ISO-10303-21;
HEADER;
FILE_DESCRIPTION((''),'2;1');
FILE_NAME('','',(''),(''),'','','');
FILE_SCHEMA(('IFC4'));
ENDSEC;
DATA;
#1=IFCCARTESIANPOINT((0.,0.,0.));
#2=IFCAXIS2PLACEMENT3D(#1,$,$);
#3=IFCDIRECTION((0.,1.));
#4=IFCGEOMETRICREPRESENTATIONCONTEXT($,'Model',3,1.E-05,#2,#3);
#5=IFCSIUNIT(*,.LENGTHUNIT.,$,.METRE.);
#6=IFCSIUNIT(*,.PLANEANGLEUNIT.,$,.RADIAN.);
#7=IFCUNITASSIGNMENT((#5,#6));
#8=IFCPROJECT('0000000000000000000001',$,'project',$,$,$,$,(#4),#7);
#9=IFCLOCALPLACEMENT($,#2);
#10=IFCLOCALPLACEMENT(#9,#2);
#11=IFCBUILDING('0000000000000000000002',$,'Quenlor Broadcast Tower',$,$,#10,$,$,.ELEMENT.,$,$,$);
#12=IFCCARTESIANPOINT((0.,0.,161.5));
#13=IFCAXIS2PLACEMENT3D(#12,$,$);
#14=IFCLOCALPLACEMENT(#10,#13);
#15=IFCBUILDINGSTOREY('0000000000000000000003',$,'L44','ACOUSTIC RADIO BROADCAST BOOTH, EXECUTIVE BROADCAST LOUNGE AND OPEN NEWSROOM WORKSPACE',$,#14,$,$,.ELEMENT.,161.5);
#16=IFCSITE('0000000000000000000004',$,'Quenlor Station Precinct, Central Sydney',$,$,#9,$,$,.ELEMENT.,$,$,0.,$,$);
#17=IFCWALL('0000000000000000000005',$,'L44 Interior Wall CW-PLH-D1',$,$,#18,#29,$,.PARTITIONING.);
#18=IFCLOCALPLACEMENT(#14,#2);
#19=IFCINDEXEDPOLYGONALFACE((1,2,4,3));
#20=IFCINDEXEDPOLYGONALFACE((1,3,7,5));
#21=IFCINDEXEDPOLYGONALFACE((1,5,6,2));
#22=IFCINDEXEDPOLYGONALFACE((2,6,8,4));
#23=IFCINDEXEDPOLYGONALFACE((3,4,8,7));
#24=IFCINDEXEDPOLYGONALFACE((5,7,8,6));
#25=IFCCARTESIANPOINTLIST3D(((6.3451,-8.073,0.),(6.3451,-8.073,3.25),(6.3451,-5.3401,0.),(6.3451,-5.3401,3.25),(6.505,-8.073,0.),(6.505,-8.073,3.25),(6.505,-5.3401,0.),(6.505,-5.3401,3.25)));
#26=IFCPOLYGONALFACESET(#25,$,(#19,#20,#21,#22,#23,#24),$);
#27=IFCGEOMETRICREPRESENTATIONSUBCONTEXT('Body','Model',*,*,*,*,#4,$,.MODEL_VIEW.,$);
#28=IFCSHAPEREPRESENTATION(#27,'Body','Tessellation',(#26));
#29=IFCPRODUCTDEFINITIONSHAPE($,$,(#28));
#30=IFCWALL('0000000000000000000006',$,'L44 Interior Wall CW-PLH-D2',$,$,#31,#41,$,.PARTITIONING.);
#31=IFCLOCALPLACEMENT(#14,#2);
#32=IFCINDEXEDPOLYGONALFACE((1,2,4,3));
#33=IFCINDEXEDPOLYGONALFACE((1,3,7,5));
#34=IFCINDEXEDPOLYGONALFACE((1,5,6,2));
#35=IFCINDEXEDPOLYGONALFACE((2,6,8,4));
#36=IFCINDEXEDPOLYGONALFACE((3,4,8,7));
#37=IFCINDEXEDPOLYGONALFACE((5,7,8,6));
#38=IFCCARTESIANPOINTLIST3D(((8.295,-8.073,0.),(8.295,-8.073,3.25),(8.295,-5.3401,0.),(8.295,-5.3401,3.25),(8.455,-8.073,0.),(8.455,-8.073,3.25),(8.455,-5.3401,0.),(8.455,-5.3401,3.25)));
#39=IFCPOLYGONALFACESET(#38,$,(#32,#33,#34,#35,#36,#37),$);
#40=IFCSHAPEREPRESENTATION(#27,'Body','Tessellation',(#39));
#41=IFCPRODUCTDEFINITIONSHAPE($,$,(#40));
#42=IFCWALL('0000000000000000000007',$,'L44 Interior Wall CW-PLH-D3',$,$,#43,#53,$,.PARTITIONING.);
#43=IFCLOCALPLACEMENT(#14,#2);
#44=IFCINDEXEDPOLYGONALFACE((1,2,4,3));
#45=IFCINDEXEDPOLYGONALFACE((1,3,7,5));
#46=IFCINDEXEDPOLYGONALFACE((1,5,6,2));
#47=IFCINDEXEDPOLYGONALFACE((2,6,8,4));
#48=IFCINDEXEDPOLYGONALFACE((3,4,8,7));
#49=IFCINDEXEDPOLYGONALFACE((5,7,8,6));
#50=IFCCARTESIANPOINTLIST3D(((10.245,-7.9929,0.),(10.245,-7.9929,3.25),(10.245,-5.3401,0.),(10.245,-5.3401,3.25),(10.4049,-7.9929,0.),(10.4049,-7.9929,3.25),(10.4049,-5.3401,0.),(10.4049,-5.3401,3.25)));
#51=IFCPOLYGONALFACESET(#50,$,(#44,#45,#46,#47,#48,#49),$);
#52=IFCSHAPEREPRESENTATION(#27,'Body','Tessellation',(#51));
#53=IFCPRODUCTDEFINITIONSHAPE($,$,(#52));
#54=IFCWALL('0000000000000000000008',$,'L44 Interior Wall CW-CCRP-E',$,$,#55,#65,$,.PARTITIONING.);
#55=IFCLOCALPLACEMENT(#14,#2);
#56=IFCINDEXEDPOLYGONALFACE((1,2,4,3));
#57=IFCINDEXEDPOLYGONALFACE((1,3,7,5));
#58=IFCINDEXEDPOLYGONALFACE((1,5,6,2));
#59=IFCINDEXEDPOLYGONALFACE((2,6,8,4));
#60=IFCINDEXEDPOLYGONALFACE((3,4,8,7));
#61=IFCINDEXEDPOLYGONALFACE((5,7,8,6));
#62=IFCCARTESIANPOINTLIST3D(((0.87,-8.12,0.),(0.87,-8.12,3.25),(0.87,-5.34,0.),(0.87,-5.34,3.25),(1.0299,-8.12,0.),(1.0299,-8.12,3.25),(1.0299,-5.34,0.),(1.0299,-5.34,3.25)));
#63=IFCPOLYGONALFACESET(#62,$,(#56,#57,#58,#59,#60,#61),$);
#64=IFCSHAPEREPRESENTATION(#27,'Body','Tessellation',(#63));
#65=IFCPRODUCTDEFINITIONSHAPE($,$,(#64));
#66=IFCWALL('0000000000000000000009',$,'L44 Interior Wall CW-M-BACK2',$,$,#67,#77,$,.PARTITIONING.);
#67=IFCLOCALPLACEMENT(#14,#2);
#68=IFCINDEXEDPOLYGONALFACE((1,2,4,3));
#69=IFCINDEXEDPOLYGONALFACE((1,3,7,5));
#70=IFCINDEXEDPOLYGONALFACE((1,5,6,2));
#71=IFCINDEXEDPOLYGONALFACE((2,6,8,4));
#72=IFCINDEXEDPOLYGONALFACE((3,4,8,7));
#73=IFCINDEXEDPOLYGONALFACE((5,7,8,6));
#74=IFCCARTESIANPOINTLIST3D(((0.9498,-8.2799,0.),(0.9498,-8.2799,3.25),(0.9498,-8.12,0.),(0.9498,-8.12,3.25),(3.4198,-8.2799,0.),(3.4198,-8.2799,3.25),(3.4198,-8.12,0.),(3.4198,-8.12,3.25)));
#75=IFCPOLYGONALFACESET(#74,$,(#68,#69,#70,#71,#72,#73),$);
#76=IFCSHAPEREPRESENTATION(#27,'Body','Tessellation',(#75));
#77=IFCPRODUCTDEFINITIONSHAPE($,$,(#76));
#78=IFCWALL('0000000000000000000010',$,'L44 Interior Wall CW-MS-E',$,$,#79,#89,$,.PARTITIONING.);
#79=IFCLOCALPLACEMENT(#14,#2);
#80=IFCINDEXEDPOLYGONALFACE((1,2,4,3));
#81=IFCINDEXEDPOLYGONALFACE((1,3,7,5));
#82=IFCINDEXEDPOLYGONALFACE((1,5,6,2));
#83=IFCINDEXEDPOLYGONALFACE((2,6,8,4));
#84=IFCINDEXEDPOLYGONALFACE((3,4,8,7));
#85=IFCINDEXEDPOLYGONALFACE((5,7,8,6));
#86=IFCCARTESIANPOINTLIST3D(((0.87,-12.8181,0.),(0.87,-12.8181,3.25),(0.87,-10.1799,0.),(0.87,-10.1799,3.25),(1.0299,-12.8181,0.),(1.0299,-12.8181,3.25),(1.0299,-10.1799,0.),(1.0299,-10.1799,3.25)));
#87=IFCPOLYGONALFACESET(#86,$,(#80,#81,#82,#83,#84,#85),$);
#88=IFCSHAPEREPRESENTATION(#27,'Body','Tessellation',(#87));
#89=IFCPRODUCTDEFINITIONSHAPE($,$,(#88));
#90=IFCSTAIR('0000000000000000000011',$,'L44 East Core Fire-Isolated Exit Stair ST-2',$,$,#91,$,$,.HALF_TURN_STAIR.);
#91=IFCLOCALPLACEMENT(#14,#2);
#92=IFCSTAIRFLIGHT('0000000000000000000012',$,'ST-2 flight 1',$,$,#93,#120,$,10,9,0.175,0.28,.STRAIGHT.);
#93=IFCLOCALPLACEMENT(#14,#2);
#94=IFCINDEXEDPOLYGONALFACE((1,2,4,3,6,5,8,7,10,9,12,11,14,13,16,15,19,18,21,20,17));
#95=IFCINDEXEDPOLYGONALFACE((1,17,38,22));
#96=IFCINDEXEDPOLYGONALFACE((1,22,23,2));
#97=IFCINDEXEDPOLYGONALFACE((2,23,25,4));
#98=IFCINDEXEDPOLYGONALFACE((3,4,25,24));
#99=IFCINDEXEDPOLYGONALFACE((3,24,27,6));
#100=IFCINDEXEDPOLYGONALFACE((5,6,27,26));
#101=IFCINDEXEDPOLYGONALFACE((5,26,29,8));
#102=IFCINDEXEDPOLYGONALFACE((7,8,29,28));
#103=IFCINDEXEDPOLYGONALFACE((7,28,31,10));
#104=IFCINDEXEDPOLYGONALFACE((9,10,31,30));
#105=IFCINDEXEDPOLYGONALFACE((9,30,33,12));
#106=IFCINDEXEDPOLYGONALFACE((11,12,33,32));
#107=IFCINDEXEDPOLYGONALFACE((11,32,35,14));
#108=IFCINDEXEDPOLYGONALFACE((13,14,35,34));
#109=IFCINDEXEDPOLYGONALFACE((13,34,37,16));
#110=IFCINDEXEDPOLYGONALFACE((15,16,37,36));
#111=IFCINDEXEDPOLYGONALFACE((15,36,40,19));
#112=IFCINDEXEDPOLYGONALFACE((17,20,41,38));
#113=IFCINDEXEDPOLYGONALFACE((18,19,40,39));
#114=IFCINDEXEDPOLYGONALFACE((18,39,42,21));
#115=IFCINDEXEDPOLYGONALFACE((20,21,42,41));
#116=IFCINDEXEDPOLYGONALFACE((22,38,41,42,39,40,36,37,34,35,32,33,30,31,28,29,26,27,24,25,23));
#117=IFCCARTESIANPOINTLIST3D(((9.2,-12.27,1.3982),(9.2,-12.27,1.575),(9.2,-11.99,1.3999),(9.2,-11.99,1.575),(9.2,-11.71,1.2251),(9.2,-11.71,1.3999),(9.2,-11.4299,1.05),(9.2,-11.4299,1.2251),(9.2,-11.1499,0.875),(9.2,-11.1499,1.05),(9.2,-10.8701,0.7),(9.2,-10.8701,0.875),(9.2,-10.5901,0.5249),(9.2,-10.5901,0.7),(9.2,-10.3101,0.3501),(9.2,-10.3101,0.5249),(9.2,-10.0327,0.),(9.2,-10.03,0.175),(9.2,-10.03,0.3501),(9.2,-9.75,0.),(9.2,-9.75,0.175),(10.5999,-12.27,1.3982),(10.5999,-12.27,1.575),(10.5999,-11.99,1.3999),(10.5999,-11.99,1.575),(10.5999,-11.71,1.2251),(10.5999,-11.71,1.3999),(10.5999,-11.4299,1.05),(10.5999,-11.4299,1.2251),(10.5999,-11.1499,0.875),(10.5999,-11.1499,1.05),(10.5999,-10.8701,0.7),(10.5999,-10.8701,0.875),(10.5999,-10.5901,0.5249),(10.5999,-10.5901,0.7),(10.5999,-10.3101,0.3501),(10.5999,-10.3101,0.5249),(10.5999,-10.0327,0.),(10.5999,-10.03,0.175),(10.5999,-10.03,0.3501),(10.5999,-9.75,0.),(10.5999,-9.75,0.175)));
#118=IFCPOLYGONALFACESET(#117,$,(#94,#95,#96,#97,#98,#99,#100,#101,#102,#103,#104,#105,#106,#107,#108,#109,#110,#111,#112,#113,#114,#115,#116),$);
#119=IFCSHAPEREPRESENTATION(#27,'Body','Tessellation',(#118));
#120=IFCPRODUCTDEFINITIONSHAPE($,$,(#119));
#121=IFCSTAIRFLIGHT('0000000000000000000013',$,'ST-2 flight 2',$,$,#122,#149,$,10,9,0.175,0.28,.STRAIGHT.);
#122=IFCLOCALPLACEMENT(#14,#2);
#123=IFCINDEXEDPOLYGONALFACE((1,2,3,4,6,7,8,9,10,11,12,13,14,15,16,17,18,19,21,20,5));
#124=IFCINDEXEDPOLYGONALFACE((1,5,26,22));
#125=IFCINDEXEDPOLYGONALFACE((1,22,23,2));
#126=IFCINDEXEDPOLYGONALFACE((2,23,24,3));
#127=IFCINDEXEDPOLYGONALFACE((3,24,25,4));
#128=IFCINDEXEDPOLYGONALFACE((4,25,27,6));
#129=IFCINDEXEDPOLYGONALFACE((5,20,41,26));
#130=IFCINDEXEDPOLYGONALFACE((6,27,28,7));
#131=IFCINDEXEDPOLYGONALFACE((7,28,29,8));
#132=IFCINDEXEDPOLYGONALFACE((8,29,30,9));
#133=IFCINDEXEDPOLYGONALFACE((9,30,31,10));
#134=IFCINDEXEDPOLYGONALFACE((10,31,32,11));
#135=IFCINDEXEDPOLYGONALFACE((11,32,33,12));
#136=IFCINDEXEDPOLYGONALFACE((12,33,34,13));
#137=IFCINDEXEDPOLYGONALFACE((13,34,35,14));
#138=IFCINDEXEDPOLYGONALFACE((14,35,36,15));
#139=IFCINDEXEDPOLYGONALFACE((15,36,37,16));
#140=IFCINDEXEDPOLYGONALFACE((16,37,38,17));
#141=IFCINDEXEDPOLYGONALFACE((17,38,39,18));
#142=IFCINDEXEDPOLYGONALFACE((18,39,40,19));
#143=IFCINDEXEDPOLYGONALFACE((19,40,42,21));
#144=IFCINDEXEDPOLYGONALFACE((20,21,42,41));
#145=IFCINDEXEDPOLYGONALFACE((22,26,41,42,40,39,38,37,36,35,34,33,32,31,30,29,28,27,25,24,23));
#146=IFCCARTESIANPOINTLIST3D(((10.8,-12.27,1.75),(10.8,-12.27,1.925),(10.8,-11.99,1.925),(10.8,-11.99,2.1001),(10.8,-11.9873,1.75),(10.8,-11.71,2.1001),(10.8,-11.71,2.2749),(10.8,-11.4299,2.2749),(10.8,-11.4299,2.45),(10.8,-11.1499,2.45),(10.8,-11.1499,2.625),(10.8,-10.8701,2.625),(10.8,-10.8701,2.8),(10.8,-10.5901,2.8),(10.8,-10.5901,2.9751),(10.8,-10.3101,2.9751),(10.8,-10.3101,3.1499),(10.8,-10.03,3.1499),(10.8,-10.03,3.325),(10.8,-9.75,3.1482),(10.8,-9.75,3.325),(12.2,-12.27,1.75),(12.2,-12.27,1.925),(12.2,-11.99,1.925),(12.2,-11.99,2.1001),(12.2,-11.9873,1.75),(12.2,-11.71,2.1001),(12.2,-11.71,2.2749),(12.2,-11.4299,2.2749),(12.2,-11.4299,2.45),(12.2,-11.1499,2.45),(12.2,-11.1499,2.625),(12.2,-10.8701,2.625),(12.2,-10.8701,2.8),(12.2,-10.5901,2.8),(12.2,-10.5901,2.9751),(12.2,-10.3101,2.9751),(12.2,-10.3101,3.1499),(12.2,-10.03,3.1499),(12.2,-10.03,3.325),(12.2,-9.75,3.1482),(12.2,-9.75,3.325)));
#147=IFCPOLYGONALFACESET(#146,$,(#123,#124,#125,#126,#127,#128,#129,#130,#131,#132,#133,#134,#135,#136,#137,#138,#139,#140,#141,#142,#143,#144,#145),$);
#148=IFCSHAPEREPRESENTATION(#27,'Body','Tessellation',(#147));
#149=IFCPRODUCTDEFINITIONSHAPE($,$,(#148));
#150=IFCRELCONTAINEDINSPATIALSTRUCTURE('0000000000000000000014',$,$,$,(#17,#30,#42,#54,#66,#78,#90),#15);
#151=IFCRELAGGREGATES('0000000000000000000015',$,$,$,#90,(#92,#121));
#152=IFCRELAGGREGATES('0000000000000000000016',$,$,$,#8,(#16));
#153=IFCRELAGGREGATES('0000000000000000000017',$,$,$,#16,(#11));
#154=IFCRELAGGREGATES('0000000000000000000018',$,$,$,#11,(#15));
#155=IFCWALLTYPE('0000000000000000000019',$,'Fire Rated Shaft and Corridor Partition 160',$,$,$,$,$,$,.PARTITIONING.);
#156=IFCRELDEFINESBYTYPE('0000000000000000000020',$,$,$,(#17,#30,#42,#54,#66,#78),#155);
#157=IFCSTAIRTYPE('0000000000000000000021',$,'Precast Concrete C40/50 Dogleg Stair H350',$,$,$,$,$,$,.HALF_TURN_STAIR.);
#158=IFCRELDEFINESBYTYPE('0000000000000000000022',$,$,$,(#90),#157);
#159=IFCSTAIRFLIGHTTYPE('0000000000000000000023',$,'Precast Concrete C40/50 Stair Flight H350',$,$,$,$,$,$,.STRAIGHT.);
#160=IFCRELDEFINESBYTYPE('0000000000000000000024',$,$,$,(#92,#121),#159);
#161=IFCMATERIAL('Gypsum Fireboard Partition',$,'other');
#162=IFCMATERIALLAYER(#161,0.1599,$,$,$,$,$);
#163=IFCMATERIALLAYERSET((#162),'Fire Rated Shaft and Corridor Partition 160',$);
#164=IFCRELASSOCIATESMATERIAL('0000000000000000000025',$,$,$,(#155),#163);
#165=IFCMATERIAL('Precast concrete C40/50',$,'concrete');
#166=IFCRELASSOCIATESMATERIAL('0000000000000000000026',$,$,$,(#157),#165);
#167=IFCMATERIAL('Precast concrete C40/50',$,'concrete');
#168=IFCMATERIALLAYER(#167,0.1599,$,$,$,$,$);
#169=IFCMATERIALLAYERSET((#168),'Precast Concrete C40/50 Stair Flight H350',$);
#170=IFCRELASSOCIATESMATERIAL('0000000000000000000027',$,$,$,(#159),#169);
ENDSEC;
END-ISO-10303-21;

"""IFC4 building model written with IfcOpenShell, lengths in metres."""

from ifc_helpers import new_model, si_unit, direction, frame, frame_2d, origin, place, context, subcontext, project, spatial, polyline, rectangle, outline, extrude, material, layer, layer_set, type_object, element, aggregate, save


model = new_model("IFC4")

# Units and contexts
model_context = context("Model", 3, precision=1e-05, world=origin(), true_north=direction((0.0, 1.0)))
body_context = subcontext(model_context, "Body", "Model", "MODEL_VIEW")
ifc_project = project(units=[si_unit("LENGTHUNIT", "METRE"), si_unit("PLANEANGLEUNIT", "RADIAN")], contexts=[model_context])

# Site, building, storey
site_placement = place(None, origin())
site = spatial("IfcSite", under=ifc_project, at=site_placement, Name="Quenlor Station Precinct, Central Sydney", CompositionType="ELEMENT", RefElevation=0.0)
building_placement = place(site_placement, origin())
building = spatial("IfcBuilding", under=site, at=building_placement, Name="Quenlor Broadcast Tower", CompositionType="ELEMENT")
storey_placement = place(building_placement, frame((0.0, 0.0, 161.5)))
storey = spatial("IfcBuildingStorey", under=building, at=storey_placement, Name="L44", Description="ACOUSTIC RADIO BROADCAST BOOTH, EXECUTIVE BROADCAST LOUNGE AND OPEN NEWSROOM WORKSPACE", CompositionType="ELEMENT", Elevation=161.5)

# Walls
ifc_material_1 = material(Name="Gypsum Fireboard Partition", Category="other")
ifc_layer_1 = layer(ifc_material_1, 0.1599)
ifc_layer_set_1 = layer_set([ifc_layer_1], Name="Fire Rated Shaft and Corridor Partition 160")
wall_type_1 = type_object("IfcWallType", Name="Fire Rated Shaft and Corridor Partition 160", PredefinedType="PARTITIONING", material=ifc_layer_set_1)
for number, where, z_axis, x_axis, name in (
    (1, (6.425, -8.073, 0.0), (0.0, 0.0, 1.0), (0.0, 1.0, 0.0), "L44 Interior Wall CW-PLH-D1"),
    (2, (8.375, -8.073, 0.0), (0.0, 0.0, 1.0), (0.0, 1.0, 0.0), "L44 Interior Wall CW-PLH-D2"),
):
    element("IfcWall", number, at=place(storey_placement, frame(where, z_axis=z_axis, x_axis=x_axis)), inside=storey, type_object=wall_type_1, Name=name, PredefinedType="PARTITIONING", context=body_context, shape_type="SweptSolid", body=[
        extrude(rectangle(XDim=2.7329, YDim=0.1599, at=frame_2d((1.3665, 0.0))), origin(), (0.0, 0.0, 1.0), 3.25),
    ])
wall_1_placement = place(storey_placement, frame((10.325, -7.9929, 0.0), z_axis=(0.0, 0.0, 1.0), x_axis=(0.0, 1.0, 0.0)))
element("IfcWall", 3, at=wall_1_placement, inside=storey, type_object=wall_type_1, Name="L44 Interior Wall CW-PLH-D3", PredefinedType="PARTITIONING", context=body_context, shape_type="SweptSolid", body=[
    extrude(rectangle(XDim=2.6528, YDim=0.1599, at=frame_2d((1.3264, 0.0))), origin(), (0.0, 0.0, 1.0), 3.25),
])
wall_2_placement = place(storey_placement, frame((0.95, -8.1201, 0.0), z_axis=(0.0, 0.0, 1.0), x_axis=(0.0, 1.0, 0.0)))
element("IfcWall", 4, at=wall_2_placement, inside=storey, type_object=wall_type_1, Name="L44 Interior Wall CW-CCRP-E", PredefinedType="PARTITIONING", context=body_context, shape_type="SweptSolid", body=[
    extrude(rectangle(XDim=2.78, YDim=0.1599, at=frame_2d((1.3901, 0.0))), origin(), (0.0, 0.0, 1.0), 3.25),
])
wall_3_placement = place(storey_placement, frame((0.95, -8.2, 0.0), z_axis=(0.0, 0.0, 1.0), x_axis=(1.0, 0.0, 0.0)))
element("IfcWall", 5, at=wall_3_placement, inside=storey, type_object=wall_type_1, Name="L44 Interior Wall CW-M-BACK2", PredefinedType="PARTITIONING", context=body_context, shape_type="SweptSolid", body=[
    extrude(rectangle(XDim=2.47, YDim=0.1599, at=frame_2d((1.2349, 0.0))), origin(), (0.0, 0.0, 1.0), 3.25),
])
wall_4_placement = place(storey_placement, frame((0.95, -12.8181, 0.0), z_axis=(0.0, 0.0, 1.0), x_axis=(0.0, 1.0, 0.0)))
element("IfcWall", 6, at=wall_4_placement, inside=storey, type_object=wall_type_1, Name="L44 Interior Wall CW-MS-E", PredefinedType="PARTITIONING", context=body_context, shape_type="SweptSolid", body=[
    extrude(rectangle(XDim=2.6382, YDim=0.1599, at=frame_2d((1.3191, 0.0))), origin(), (0.0, 0.0, 1.0), 3.25),
])

# Stair, stair flights
ifc_material_2 = material(Name="Precast concrete C40/50", Category="concrete")
stair_type = type_object("IfcStairType", Name="Precast Concrete C40/50 Dogleg Stair H350", PredefinedType="HALF_TURN_STAIR", material=ifc_material_2)
stair_placement = place(storey_placement, origin())
stair = element("IfcStair", 7, at=stair_placement, inside=storey, type_object=stair_type, Name="L44 East Core Fire-Isolated Exit Stair ST-2", PredefinedType="HALF_TURN_STAIR")
ifc_material_3 = material(Name="Precast concrete C40/50", Category="concrete")
ifc_layer_2 = layer(ifc_material_3, 0.1599)
ifc_layer_set_2 = layer_set([ifc_layer_2], Name="Precast Concrete C40/50 Stair Flight H350")
stair_flight_type = type_object("IfcStairFlightType", Name="Precast Concrete C40/50 Stair Flight H350", PredefinedType="STRAIGHT", material=ifc_layer_set_2)
stair_flight_1_placement = place(storey_placement, frame((9.8999, -9.75, 0.0), z_axis=(0.0, 0.0, 1.0), x_axis=(0.0, -1.0, 0.0)))
stair_flight_1 = element("IfcStairFlight", 8, at=stair_flight_1_placement, type_object=stair_flight_type, Name="ST-2 flight 1", NumberOfRisers=10, NumberOfTreads=9, PredefinedType="STRAIGHT", RiserHeight=0.175, TreadLength=0.28, context=body_context, shape_type="SweptSolid", body=[
    extrude(outline(polyline([(0.0, 0.0), (0.0, 0.175), (0.28, 0.175), (0.28, 0.3501), (0.5601, 0.3501), (0.5601, 0.5249), (0.8401, 0.5249), (0.8401, 0.7), (1.1201, 0.7), (1.1201, 0.875), (1.3999, 0.875), (1.3999, 1.05), (1.6799, 1.05), (1.6799, 1.2251), (1.96, 1.2251), (1.96, 1.3999), (2.24, 1.3999), (2.24, 1.575), (2.52, 1.575), (2.52, 1.75), (2.52, 1.3982), (0.2827, 0.0), (0.0, 0.0)])), frame((0.0, 0.7, 0.0), z_axis=(0.0, -1.0, 0.0), x_axis=(1.0, 0.0, 0.0)), (0.0, 0.0, 1.0), 1.3999),
])
stair_flight_2_placement = place(storey_placement, frame((11.5, -12.27, 1.75), z_axis=(0.0, 0.0, 1.0), x_axis=(0.0, 1.0, 0.0)))
stair_flight_2 = element("IfcStairFlight", 9, at=stair_flight_2_placement, type_object=stair_flight_type, Name="ST-2 flight 2", NumberOfRisers=10, NumberOfTreads=9, PredefinedType="STRAIGHT", RiserHeight=0.175, TreadLength=0.28, context=body_context, shape_type="SweptSolid", body=[
    extrude(outline(polyline([(0.0, 0.0), (0.0, 0.175), (0.28, 0.175), (0.28, 0.3501), (0.5601, 0.3501), (0.5601, 0.5249), (0.8401, 0.5249), (0.8401, 0.7), (1.1201, 0.7), (1.1201, 0.875), (1.3999, 0.875), (1.3999, 1.05), (1.6799, 1.05), (1.6799, 1.2251), (1.96, 1.2251), (1.96, 1.3999), (2.24, 1.3999), (2.24, 1.575), (2.52, 1.575), (2.52, 1.75), (2.52, 1.3982), (0.2827, 0.0), (0.0, 0.0)])), frame((0.0, 0.7, 0.0), z_axis=(0.0, -1.0, 0.0), x_axis=(1.0, 0.0, 0.0)), (0.0, 0.0, 1.0), 1.3999),
])
aggregate(stair, [stair_flight_1, stair_flight_2])

save(model, "model.ifc")
